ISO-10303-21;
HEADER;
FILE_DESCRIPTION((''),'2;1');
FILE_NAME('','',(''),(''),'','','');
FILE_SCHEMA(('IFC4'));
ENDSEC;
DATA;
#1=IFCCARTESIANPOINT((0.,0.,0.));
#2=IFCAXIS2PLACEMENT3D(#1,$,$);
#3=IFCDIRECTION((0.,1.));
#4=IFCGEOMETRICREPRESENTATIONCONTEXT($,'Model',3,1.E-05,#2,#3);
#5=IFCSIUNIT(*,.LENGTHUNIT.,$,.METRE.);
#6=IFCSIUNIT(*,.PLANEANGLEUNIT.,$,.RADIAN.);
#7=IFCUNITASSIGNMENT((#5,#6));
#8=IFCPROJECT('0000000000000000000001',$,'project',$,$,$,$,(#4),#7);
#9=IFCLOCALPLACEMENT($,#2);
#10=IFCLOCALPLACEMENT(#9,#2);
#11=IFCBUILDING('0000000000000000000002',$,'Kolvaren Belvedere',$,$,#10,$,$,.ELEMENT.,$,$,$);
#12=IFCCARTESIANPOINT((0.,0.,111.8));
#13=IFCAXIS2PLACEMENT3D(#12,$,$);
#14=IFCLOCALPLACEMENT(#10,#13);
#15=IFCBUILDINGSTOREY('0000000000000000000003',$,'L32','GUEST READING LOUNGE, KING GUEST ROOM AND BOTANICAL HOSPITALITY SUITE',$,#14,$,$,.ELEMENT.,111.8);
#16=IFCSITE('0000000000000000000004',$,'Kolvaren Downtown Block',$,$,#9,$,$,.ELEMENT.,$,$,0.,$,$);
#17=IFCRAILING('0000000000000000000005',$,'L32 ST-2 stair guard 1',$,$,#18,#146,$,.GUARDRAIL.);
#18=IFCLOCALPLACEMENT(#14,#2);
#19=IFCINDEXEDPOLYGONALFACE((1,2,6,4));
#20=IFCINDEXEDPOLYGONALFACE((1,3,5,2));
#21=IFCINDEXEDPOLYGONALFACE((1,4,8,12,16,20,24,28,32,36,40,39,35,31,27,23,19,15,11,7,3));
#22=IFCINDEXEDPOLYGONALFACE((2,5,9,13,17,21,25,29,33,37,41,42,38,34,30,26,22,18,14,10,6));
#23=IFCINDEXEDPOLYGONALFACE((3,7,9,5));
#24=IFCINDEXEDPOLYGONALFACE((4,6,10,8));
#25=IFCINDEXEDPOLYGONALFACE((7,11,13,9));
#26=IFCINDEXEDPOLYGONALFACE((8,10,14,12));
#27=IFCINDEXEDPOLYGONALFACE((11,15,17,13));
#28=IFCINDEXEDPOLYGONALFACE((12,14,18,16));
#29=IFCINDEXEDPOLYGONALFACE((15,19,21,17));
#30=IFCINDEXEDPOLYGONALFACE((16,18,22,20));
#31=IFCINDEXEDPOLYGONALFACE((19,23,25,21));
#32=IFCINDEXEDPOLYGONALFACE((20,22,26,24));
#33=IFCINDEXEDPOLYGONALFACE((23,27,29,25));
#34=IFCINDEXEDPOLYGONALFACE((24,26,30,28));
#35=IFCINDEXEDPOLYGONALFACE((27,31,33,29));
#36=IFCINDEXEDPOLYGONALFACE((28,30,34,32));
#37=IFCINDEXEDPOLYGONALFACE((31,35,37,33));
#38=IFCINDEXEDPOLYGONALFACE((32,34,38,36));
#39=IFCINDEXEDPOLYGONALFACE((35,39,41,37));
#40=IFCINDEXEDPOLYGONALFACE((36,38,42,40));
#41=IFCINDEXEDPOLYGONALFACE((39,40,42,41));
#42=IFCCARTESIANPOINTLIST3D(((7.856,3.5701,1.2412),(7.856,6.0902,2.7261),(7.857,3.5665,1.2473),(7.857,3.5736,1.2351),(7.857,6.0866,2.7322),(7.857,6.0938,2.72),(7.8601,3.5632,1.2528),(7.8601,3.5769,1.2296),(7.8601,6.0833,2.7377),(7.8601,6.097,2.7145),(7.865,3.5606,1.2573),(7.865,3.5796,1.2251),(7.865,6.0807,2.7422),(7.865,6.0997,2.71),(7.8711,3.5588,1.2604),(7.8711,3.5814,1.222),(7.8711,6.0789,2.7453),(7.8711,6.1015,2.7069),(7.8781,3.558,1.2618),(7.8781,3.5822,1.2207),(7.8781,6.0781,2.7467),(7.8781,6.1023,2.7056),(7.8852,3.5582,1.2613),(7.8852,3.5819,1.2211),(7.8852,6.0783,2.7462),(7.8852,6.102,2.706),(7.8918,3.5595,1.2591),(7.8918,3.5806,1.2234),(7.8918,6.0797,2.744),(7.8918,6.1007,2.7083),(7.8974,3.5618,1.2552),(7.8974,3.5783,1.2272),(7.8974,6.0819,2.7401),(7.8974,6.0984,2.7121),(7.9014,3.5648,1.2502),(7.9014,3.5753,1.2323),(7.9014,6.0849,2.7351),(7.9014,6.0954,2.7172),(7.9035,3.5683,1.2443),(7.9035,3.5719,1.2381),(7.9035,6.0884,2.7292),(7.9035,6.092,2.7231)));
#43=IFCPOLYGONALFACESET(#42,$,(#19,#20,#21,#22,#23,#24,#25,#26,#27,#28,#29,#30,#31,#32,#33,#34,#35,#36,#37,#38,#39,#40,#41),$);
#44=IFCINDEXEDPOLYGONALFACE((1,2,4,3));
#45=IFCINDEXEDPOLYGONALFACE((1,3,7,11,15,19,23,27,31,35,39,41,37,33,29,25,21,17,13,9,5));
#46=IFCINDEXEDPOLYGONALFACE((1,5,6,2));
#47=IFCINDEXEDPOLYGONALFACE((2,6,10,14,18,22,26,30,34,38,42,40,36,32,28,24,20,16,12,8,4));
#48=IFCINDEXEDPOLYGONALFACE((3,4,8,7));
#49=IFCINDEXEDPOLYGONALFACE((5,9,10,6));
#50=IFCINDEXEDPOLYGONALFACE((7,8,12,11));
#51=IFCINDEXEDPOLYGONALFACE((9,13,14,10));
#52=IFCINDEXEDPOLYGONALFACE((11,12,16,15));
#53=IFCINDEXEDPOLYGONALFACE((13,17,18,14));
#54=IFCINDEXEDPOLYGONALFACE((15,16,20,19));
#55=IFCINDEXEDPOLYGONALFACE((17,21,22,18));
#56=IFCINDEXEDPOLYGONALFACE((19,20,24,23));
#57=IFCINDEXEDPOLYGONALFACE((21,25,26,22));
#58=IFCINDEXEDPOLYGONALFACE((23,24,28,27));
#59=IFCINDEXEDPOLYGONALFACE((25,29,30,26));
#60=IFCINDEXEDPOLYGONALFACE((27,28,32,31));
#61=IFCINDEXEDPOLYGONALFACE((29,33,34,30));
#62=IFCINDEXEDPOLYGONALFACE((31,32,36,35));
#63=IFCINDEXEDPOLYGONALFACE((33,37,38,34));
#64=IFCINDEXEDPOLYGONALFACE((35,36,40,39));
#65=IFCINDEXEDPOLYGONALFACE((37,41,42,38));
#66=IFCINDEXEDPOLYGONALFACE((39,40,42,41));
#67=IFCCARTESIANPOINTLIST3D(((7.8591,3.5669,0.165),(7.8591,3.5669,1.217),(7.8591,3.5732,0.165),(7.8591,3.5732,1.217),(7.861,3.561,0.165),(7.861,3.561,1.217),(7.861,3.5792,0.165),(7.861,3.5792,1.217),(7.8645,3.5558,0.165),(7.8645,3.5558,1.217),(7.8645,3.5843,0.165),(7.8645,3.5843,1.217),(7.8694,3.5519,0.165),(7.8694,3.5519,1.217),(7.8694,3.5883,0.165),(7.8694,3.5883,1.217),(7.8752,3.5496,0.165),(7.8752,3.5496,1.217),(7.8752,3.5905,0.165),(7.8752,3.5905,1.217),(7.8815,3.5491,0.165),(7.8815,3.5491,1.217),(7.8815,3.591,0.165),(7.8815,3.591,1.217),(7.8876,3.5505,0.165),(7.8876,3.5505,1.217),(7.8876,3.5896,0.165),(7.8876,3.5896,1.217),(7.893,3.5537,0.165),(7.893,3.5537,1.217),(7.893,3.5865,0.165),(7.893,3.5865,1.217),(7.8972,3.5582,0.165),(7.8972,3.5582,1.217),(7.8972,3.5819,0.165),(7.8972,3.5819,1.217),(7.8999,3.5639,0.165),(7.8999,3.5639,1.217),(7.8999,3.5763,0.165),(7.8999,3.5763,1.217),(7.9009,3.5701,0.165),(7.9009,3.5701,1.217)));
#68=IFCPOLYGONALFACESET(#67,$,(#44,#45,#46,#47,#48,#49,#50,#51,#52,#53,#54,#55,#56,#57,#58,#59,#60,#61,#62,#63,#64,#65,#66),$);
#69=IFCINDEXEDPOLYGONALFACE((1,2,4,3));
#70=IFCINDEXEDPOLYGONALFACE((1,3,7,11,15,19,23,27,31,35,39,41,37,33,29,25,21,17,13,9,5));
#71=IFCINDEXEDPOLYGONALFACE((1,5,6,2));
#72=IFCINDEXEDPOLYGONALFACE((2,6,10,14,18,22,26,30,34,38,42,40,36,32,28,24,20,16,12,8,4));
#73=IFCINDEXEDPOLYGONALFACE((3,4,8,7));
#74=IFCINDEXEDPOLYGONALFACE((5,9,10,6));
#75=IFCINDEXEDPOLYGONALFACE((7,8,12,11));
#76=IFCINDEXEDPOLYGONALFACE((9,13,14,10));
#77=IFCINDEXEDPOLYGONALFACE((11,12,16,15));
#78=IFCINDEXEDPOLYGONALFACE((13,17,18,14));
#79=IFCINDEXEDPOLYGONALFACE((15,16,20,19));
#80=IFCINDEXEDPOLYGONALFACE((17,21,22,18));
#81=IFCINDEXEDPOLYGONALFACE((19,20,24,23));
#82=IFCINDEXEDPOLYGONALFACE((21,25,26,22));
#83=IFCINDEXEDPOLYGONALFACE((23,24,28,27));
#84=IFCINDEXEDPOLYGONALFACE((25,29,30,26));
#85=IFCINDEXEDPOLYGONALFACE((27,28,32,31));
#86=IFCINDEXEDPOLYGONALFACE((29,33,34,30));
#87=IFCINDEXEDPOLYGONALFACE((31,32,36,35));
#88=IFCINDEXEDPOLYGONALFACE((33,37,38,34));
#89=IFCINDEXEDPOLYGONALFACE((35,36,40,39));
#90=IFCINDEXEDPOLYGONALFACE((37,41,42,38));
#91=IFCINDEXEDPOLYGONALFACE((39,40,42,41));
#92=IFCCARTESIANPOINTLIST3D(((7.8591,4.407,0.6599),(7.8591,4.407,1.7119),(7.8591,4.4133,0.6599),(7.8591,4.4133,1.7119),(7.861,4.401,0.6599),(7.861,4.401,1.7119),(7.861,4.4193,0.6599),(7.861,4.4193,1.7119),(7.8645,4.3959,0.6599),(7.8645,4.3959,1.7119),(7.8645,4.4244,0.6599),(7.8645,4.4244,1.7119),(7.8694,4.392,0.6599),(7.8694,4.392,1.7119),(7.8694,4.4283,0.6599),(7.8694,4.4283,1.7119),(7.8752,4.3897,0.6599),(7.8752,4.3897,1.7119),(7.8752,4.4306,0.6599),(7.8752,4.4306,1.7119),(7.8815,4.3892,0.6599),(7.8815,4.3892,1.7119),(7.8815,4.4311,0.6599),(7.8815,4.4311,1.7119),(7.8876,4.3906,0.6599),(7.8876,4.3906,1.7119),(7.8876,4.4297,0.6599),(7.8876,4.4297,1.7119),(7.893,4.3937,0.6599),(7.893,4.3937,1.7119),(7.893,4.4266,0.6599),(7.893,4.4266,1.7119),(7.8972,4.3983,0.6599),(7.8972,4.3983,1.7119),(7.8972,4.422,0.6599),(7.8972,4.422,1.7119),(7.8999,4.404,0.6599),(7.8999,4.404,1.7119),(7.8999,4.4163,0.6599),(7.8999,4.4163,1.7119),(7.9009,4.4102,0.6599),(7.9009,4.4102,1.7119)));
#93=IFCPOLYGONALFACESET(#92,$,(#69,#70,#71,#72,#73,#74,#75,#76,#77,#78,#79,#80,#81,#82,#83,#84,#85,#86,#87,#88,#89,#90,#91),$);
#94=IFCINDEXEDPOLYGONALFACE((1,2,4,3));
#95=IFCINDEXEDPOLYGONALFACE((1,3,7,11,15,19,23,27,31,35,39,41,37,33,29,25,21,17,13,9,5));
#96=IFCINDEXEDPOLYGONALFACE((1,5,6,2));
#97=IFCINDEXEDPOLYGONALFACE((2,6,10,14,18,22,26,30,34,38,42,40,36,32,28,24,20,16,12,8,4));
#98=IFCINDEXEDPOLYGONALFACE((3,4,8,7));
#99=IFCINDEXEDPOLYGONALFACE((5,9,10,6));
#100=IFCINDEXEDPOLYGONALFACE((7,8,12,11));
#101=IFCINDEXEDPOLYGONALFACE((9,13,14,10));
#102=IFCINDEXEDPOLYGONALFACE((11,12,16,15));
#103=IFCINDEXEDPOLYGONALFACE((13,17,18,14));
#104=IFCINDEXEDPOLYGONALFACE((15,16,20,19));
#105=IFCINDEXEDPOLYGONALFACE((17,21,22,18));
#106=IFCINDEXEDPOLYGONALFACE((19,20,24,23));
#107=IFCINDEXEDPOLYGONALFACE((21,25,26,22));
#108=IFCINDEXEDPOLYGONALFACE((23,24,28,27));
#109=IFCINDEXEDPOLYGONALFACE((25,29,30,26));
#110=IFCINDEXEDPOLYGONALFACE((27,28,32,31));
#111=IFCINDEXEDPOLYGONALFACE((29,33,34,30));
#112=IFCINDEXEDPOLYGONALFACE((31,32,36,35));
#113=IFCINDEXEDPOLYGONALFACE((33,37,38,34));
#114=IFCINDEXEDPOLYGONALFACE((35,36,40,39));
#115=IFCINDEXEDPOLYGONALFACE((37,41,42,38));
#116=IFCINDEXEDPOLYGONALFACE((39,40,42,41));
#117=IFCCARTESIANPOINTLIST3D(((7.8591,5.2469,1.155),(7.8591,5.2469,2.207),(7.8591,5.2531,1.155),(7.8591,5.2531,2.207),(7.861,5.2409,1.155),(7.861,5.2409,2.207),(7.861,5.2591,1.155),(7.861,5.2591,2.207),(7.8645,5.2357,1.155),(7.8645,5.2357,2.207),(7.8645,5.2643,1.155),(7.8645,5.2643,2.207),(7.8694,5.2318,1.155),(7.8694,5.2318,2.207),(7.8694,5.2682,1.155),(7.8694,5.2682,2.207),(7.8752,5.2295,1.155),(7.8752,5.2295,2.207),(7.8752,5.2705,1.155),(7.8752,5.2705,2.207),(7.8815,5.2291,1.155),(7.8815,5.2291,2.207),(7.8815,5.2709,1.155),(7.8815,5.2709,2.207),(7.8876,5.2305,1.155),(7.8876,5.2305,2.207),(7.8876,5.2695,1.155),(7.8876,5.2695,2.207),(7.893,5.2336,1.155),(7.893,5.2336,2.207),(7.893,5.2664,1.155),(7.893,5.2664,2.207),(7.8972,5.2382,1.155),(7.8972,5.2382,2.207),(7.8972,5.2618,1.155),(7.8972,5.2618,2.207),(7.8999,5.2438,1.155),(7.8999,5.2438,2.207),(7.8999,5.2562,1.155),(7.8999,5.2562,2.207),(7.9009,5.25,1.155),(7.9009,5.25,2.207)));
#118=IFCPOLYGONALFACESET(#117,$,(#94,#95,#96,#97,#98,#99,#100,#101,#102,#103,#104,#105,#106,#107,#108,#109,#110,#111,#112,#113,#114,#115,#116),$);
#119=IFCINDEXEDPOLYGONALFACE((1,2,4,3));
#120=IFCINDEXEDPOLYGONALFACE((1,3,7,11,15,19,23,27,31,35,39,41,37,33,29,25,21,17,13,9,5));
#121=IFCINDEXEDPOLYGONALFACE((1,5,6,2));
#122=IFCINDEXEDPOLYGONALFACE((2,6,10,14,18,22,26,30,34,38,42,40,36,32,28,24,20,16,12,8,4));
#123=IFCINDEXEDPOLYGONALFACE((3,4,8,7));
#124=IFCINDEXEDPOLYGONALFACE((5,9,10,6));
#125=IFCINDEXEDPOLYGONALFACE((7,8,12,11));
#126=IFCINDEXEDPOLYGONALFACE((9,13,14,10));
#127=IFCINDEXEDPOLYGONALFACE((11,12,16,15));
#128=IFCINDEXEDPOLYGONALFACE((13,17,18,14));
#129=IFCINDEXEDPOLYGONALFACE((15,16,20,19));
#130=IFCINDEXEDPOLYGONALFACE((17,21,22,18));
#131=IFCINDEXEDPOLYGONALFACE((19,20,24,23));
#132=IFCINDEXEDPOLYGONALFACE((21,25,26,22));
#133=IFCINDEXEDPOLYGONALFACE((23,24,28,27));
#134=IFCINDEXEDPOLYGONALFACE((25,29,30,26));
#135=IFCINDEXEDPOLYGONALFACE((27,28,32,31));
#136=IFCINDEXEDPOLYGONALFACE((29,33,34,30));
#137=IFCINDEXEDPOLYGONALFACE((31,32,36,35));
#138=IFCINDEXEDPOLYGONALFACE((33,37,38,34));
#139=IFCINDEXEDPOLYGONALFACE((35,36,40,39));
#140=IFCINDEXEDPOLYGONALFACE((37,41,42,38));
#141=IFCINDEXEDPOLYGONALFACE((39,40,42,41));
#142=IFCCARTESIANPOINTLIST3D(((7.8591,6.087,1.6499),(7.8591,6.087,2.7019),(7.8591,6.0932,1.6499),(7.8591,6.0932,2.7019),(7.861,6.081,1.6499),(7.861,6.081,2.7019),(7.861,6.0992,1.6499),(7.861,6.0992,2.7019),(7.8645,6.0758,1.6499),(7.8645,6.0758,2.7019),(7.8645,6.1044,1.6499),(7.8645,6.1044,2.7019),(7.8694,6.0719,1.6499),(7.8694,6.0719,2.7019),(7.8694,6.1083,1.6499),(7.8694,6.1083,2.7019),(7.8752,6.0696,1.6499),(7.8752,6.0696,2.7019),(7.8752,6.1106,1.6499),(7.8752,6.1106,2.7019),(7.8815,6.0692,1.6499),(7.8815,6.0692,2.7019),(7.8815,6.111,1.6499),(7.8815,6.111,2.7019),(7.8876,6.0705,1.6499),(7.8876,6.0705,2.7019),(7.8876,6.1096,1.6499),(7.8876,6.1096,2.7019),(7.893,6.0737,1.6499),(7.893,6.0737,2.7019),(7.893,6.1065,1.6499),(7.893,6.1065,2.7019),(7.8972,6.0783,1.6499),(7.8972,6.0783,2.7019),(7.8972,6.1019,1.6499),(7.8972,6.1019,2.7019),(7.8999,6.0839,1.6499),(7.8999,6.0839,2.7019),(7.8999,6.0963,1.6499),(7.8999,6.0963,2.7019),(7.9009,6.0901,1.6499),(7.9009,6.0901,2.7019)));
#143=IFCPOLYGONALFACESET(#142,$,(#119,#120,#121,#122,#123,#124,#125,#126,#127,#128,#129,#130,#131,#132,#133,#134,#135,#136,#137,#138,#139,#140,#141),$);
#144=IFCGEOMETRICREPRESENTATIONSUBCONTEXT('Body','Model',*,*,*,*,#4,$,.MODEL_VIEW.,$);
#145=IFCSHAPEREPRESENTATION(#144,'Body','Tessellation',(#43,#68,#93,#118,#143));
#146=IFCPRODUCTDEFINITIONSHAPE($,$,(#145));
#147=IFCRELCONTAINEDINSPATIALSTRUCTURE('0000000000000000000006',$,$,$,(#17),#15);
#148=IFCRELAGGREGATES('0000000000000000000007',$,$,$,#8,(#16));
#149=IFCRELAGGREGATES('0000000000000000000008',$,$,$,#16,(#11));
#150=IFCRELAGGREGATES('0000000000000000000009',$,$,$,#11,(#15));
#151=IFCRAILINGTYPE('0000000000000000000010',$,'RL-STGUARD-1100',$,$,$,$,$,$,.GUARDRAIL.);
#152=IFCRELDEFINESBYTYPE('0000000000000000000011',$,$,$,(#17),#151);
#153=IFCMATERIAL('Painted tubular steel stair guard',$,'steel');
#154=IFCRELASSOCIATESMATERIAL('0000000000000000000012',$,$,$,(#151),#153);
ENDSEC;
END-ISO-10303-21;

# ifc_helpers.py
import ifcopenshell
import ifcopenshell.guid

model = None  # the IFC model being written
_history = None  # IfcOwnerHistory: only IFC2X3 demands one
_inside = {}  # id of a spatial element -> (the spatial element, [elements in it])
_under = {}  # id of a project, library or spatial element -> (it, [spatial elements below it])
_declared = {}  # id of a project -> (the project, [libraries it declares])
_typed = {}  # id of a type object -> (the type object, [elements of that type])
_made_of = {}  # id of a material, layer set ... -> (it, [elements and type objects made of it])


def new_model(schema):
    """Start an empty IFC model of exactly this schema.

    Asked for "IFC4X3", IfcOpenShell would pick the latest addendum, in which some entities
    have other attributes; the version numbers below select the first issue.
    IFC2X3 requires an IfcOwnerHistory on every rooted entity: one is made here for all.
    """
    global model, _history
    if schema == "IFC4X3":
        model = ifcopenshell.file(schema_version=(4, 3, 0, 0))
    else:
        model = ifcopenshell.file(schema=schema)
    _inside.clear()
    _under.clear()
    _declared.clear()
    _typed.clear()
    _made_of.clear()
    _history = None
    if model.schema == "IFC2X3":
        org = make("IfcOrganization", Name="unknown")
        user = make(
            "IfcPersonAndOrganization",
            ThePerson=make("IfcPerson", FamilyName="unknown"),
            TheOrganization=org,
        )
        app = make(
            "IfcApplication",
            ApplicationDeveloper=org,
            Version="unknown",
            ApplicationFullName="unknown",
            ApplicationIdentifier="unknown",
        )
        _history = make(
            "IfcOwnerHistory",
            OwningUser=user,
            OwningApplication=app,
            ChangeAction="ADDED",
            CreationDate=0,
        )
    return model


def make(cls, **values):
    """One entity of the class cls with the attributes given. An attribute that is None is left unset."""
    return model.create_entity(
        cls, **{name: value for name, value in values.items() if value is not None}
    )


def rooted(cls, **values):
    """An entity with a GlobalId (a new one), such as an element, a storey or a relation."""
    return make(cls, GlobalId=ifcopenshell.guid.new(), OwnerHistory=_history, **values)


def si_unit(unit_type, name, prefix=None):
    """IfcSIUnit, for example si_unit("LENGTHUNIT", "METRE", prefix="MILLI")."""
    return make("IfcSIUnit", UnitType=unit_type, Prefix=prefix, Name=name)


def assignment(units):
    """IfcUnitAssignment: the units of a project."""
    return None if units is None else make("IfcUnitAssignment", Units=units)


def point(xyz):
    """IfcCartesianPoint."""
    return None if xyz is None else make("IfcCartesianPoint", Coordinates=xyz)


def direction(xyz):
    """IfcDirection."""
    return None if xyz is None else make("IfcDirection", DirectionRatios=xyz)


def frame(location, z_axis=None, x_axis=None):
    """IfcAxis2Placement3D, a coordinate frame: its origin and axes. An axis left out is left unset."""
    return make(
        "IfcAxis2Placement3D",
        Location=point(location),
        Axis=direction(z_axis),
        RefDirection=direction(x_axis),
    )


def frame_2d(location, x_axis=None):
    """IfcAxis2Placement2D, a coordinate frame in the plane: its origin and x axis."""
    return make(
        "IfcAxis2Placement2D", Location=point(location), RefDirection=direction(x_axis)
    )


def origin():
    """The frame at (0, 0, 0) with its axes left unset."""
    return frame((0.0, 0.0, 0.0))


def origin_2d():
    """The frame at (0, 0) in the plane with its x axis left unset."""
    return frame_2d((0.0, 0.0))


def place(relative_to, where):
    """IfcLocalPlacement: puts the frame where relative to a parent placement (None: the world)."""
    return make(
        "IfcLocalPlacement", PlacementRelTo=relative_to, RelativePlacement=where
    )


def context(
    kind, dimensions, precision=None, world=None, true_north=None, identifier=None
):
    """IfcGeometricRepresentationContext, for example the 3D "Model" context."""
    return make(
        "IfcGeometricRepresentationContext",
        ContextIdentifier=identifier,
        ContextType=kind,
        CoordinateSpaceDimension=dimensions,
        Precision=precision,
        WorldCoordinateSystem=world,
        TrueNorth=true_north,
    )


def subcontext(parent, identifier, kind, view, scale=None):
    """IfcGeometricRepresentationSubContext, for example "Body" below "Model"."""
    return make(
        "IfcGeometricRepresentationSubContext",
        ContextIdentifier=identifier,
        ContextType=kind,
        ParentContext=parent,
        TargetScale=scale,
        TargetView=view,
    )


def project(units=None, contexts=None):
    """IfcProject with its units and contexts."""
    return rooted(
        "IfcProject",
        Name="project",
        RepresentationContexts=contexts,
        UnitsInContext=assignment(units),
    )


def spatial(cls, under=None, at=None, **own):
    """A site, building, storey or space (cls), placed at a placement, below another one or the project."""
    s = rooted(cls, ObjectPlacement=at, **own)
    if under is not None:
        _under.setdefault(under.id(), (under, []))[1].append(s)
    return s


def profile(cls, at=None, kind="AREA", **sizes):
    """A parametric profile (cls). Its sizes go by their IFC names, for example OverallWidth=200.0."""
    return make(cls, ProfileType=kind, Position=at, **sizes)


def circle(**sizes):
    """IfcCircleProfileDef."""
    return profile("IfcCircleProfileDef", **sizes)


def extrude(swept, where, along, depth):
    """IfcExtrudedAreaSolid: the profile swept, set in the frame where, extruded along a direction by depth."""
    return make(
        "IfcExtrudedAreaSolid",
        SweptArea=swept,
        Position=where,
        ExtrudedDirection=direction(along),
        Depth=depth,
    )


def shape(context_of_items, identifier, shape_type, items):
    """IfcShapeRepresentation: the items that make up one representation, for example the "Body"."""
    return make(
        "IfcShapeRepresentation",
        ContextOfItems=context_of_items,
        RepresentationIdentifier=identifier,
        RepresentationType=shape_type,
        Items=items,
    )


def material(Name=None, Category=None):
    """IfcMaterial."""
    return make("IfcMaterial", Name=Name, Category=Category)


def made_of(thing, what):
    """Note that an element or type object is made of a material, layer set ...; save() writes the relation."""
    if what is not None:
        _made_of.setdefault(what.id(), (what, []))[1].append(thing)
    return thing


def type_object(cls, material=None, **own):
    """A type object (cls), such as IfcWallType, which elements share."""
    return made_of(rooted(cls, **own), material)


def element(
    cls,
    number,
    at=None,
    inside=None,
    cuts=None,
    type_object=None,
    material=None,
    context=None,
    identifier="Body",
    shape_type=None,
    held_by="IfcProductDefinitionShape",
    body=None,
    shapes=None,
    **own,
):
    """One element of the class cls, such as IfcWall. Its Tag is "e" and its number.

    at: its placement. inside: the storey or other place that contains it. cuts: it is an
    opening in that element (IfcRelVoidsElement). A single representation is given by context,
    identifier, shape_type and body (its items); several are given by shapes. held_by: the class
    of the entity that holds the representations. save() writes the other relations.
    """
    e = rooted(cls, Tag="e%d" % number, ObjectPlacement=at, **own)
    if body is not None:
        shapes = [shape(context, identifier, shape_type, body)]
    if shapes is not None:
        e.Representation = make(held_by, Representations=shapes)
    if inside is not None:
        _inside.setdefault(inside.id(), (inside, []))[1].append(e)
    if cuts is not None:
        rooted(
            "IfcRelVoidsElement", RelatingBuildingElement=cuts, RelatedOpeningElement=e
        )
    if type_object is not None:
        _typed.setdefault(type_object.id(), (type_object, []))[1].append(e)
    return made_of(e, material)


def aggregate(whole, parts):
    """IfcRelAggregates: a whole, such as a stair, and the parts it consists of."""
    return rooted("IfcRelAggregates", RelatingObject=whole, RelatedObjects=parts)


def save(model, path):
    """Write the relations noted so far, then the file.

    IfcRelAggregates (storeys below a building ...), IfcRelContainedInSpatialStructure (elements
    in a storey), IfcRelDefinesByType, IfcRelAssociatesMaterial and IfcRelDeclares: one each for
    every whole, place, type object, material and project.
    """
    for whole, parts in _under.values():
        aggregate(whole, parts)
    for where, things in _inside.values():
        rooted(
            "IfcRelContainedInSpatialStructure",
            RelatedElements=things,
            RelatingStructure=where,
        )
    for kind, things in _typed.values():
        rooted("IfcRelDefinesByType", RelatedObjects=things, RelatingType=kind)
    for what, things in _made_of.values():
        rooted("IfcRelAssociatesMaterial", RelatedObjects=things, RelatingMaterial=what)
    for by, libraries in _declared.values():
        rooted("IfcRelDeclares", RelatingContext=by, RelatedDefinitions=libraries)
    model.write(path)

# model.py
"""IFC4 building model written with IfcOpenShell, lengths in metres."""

from ifc_helpers import new_model, si_unit, direction, frame, origin, origin_2d, place, context, subcontext, project, spatial, circle, extrude, material, type_object, element, save


model = new_model("IFC4")

# Units and contexts
model_context = context("Model", 3, precision=1e-05, world=origin(), true_north=direction((0.0, 1.0)))
body_context = subcontext(model_context, "Body", "Model", "MODEL_VIEW")
ifc_project = project(units=[si_unit("LENGTHUNIT", "METRE"), si_unit("PLANEANGLEUNIT", "RADIAN")], contexts=[model_context])

# Site, building, storey
site_placement = place(None, origin())
site = spatial("IfcSite", under=ifc_project, at=site_placement, Name="Kolvaren Downtown Block", CompositionType="ELEMENT", RefElevation=0.0)
building_placement = place(site_placement, origin())
building = spatial("IfcBuilding", under=site, at=building_placement, Name="Kolvaren Belvedere", CompositionType="ELEMENT")
storey_placement = place(building_placement, frame((0.0, 0.0, 111.8)))
storey = spatial("IfcBuildingStorey", under=building, at=storey_placement, Name="L32", Description="GUEST READING LOUNGE, KING GUEST ROOM AND BOTANICAL HOSPITALITY SUITE", CompositionType="ELEMENT", Elevation=111.8)

# Railing
ifc_material_1 = material(Name="Painted tubular steel stair guard", Category="steel")
railing_type_1 = type_object("IfcRailingType", Name="RL-STGUARD-1100", PredefinedType="GUARDRAIL", material=ifc_material_1)
railing_1_placement = place(storey_placement, frame((7.8799, 3.5701, 0.165)))
element("IfcRailing", 1, at=railing_1_placement, inside=storey, type_object=railing_type_1, Name="L32 ST-2 stair guard 1", PredefinedType="GUARDRAIL", context=body_context, shape_type="SweptSolid", body=[
    extrude(circle(Radius=0.0239, at=origin_2d()), frame((0.0, 0.0, 1.0762), z_axis=(0.0, 0.861561, 0.507655), x_axis=(-1.0, 0.0, 0.0)), (0.0, 0.0, 1.0), 2.925),
    extrude(circle(Radius=0.021, at=origin_2d()), origin(), (0.0, 0.0, 1.0), 1.052),
    extrude(circle(Radius=0.021, at=origin_2d()), frame((0.0, 0.8401, 0.4949)), (0.0, 0.0, 1.0), 1.052),
    extrude(circle(Radius=0.021, at=origin_2d()), frame((0.0, 1.6799, 0.99)), (0.0, 0.0, 1.0), 1.052),
    extrude(circle(Radius=0.021, at=origin_2d()), frame((0.0, 2.52, 1.4849)), (0.0, 0.0, 1.0), 1.052),
])

save(model, "model.ifc")
